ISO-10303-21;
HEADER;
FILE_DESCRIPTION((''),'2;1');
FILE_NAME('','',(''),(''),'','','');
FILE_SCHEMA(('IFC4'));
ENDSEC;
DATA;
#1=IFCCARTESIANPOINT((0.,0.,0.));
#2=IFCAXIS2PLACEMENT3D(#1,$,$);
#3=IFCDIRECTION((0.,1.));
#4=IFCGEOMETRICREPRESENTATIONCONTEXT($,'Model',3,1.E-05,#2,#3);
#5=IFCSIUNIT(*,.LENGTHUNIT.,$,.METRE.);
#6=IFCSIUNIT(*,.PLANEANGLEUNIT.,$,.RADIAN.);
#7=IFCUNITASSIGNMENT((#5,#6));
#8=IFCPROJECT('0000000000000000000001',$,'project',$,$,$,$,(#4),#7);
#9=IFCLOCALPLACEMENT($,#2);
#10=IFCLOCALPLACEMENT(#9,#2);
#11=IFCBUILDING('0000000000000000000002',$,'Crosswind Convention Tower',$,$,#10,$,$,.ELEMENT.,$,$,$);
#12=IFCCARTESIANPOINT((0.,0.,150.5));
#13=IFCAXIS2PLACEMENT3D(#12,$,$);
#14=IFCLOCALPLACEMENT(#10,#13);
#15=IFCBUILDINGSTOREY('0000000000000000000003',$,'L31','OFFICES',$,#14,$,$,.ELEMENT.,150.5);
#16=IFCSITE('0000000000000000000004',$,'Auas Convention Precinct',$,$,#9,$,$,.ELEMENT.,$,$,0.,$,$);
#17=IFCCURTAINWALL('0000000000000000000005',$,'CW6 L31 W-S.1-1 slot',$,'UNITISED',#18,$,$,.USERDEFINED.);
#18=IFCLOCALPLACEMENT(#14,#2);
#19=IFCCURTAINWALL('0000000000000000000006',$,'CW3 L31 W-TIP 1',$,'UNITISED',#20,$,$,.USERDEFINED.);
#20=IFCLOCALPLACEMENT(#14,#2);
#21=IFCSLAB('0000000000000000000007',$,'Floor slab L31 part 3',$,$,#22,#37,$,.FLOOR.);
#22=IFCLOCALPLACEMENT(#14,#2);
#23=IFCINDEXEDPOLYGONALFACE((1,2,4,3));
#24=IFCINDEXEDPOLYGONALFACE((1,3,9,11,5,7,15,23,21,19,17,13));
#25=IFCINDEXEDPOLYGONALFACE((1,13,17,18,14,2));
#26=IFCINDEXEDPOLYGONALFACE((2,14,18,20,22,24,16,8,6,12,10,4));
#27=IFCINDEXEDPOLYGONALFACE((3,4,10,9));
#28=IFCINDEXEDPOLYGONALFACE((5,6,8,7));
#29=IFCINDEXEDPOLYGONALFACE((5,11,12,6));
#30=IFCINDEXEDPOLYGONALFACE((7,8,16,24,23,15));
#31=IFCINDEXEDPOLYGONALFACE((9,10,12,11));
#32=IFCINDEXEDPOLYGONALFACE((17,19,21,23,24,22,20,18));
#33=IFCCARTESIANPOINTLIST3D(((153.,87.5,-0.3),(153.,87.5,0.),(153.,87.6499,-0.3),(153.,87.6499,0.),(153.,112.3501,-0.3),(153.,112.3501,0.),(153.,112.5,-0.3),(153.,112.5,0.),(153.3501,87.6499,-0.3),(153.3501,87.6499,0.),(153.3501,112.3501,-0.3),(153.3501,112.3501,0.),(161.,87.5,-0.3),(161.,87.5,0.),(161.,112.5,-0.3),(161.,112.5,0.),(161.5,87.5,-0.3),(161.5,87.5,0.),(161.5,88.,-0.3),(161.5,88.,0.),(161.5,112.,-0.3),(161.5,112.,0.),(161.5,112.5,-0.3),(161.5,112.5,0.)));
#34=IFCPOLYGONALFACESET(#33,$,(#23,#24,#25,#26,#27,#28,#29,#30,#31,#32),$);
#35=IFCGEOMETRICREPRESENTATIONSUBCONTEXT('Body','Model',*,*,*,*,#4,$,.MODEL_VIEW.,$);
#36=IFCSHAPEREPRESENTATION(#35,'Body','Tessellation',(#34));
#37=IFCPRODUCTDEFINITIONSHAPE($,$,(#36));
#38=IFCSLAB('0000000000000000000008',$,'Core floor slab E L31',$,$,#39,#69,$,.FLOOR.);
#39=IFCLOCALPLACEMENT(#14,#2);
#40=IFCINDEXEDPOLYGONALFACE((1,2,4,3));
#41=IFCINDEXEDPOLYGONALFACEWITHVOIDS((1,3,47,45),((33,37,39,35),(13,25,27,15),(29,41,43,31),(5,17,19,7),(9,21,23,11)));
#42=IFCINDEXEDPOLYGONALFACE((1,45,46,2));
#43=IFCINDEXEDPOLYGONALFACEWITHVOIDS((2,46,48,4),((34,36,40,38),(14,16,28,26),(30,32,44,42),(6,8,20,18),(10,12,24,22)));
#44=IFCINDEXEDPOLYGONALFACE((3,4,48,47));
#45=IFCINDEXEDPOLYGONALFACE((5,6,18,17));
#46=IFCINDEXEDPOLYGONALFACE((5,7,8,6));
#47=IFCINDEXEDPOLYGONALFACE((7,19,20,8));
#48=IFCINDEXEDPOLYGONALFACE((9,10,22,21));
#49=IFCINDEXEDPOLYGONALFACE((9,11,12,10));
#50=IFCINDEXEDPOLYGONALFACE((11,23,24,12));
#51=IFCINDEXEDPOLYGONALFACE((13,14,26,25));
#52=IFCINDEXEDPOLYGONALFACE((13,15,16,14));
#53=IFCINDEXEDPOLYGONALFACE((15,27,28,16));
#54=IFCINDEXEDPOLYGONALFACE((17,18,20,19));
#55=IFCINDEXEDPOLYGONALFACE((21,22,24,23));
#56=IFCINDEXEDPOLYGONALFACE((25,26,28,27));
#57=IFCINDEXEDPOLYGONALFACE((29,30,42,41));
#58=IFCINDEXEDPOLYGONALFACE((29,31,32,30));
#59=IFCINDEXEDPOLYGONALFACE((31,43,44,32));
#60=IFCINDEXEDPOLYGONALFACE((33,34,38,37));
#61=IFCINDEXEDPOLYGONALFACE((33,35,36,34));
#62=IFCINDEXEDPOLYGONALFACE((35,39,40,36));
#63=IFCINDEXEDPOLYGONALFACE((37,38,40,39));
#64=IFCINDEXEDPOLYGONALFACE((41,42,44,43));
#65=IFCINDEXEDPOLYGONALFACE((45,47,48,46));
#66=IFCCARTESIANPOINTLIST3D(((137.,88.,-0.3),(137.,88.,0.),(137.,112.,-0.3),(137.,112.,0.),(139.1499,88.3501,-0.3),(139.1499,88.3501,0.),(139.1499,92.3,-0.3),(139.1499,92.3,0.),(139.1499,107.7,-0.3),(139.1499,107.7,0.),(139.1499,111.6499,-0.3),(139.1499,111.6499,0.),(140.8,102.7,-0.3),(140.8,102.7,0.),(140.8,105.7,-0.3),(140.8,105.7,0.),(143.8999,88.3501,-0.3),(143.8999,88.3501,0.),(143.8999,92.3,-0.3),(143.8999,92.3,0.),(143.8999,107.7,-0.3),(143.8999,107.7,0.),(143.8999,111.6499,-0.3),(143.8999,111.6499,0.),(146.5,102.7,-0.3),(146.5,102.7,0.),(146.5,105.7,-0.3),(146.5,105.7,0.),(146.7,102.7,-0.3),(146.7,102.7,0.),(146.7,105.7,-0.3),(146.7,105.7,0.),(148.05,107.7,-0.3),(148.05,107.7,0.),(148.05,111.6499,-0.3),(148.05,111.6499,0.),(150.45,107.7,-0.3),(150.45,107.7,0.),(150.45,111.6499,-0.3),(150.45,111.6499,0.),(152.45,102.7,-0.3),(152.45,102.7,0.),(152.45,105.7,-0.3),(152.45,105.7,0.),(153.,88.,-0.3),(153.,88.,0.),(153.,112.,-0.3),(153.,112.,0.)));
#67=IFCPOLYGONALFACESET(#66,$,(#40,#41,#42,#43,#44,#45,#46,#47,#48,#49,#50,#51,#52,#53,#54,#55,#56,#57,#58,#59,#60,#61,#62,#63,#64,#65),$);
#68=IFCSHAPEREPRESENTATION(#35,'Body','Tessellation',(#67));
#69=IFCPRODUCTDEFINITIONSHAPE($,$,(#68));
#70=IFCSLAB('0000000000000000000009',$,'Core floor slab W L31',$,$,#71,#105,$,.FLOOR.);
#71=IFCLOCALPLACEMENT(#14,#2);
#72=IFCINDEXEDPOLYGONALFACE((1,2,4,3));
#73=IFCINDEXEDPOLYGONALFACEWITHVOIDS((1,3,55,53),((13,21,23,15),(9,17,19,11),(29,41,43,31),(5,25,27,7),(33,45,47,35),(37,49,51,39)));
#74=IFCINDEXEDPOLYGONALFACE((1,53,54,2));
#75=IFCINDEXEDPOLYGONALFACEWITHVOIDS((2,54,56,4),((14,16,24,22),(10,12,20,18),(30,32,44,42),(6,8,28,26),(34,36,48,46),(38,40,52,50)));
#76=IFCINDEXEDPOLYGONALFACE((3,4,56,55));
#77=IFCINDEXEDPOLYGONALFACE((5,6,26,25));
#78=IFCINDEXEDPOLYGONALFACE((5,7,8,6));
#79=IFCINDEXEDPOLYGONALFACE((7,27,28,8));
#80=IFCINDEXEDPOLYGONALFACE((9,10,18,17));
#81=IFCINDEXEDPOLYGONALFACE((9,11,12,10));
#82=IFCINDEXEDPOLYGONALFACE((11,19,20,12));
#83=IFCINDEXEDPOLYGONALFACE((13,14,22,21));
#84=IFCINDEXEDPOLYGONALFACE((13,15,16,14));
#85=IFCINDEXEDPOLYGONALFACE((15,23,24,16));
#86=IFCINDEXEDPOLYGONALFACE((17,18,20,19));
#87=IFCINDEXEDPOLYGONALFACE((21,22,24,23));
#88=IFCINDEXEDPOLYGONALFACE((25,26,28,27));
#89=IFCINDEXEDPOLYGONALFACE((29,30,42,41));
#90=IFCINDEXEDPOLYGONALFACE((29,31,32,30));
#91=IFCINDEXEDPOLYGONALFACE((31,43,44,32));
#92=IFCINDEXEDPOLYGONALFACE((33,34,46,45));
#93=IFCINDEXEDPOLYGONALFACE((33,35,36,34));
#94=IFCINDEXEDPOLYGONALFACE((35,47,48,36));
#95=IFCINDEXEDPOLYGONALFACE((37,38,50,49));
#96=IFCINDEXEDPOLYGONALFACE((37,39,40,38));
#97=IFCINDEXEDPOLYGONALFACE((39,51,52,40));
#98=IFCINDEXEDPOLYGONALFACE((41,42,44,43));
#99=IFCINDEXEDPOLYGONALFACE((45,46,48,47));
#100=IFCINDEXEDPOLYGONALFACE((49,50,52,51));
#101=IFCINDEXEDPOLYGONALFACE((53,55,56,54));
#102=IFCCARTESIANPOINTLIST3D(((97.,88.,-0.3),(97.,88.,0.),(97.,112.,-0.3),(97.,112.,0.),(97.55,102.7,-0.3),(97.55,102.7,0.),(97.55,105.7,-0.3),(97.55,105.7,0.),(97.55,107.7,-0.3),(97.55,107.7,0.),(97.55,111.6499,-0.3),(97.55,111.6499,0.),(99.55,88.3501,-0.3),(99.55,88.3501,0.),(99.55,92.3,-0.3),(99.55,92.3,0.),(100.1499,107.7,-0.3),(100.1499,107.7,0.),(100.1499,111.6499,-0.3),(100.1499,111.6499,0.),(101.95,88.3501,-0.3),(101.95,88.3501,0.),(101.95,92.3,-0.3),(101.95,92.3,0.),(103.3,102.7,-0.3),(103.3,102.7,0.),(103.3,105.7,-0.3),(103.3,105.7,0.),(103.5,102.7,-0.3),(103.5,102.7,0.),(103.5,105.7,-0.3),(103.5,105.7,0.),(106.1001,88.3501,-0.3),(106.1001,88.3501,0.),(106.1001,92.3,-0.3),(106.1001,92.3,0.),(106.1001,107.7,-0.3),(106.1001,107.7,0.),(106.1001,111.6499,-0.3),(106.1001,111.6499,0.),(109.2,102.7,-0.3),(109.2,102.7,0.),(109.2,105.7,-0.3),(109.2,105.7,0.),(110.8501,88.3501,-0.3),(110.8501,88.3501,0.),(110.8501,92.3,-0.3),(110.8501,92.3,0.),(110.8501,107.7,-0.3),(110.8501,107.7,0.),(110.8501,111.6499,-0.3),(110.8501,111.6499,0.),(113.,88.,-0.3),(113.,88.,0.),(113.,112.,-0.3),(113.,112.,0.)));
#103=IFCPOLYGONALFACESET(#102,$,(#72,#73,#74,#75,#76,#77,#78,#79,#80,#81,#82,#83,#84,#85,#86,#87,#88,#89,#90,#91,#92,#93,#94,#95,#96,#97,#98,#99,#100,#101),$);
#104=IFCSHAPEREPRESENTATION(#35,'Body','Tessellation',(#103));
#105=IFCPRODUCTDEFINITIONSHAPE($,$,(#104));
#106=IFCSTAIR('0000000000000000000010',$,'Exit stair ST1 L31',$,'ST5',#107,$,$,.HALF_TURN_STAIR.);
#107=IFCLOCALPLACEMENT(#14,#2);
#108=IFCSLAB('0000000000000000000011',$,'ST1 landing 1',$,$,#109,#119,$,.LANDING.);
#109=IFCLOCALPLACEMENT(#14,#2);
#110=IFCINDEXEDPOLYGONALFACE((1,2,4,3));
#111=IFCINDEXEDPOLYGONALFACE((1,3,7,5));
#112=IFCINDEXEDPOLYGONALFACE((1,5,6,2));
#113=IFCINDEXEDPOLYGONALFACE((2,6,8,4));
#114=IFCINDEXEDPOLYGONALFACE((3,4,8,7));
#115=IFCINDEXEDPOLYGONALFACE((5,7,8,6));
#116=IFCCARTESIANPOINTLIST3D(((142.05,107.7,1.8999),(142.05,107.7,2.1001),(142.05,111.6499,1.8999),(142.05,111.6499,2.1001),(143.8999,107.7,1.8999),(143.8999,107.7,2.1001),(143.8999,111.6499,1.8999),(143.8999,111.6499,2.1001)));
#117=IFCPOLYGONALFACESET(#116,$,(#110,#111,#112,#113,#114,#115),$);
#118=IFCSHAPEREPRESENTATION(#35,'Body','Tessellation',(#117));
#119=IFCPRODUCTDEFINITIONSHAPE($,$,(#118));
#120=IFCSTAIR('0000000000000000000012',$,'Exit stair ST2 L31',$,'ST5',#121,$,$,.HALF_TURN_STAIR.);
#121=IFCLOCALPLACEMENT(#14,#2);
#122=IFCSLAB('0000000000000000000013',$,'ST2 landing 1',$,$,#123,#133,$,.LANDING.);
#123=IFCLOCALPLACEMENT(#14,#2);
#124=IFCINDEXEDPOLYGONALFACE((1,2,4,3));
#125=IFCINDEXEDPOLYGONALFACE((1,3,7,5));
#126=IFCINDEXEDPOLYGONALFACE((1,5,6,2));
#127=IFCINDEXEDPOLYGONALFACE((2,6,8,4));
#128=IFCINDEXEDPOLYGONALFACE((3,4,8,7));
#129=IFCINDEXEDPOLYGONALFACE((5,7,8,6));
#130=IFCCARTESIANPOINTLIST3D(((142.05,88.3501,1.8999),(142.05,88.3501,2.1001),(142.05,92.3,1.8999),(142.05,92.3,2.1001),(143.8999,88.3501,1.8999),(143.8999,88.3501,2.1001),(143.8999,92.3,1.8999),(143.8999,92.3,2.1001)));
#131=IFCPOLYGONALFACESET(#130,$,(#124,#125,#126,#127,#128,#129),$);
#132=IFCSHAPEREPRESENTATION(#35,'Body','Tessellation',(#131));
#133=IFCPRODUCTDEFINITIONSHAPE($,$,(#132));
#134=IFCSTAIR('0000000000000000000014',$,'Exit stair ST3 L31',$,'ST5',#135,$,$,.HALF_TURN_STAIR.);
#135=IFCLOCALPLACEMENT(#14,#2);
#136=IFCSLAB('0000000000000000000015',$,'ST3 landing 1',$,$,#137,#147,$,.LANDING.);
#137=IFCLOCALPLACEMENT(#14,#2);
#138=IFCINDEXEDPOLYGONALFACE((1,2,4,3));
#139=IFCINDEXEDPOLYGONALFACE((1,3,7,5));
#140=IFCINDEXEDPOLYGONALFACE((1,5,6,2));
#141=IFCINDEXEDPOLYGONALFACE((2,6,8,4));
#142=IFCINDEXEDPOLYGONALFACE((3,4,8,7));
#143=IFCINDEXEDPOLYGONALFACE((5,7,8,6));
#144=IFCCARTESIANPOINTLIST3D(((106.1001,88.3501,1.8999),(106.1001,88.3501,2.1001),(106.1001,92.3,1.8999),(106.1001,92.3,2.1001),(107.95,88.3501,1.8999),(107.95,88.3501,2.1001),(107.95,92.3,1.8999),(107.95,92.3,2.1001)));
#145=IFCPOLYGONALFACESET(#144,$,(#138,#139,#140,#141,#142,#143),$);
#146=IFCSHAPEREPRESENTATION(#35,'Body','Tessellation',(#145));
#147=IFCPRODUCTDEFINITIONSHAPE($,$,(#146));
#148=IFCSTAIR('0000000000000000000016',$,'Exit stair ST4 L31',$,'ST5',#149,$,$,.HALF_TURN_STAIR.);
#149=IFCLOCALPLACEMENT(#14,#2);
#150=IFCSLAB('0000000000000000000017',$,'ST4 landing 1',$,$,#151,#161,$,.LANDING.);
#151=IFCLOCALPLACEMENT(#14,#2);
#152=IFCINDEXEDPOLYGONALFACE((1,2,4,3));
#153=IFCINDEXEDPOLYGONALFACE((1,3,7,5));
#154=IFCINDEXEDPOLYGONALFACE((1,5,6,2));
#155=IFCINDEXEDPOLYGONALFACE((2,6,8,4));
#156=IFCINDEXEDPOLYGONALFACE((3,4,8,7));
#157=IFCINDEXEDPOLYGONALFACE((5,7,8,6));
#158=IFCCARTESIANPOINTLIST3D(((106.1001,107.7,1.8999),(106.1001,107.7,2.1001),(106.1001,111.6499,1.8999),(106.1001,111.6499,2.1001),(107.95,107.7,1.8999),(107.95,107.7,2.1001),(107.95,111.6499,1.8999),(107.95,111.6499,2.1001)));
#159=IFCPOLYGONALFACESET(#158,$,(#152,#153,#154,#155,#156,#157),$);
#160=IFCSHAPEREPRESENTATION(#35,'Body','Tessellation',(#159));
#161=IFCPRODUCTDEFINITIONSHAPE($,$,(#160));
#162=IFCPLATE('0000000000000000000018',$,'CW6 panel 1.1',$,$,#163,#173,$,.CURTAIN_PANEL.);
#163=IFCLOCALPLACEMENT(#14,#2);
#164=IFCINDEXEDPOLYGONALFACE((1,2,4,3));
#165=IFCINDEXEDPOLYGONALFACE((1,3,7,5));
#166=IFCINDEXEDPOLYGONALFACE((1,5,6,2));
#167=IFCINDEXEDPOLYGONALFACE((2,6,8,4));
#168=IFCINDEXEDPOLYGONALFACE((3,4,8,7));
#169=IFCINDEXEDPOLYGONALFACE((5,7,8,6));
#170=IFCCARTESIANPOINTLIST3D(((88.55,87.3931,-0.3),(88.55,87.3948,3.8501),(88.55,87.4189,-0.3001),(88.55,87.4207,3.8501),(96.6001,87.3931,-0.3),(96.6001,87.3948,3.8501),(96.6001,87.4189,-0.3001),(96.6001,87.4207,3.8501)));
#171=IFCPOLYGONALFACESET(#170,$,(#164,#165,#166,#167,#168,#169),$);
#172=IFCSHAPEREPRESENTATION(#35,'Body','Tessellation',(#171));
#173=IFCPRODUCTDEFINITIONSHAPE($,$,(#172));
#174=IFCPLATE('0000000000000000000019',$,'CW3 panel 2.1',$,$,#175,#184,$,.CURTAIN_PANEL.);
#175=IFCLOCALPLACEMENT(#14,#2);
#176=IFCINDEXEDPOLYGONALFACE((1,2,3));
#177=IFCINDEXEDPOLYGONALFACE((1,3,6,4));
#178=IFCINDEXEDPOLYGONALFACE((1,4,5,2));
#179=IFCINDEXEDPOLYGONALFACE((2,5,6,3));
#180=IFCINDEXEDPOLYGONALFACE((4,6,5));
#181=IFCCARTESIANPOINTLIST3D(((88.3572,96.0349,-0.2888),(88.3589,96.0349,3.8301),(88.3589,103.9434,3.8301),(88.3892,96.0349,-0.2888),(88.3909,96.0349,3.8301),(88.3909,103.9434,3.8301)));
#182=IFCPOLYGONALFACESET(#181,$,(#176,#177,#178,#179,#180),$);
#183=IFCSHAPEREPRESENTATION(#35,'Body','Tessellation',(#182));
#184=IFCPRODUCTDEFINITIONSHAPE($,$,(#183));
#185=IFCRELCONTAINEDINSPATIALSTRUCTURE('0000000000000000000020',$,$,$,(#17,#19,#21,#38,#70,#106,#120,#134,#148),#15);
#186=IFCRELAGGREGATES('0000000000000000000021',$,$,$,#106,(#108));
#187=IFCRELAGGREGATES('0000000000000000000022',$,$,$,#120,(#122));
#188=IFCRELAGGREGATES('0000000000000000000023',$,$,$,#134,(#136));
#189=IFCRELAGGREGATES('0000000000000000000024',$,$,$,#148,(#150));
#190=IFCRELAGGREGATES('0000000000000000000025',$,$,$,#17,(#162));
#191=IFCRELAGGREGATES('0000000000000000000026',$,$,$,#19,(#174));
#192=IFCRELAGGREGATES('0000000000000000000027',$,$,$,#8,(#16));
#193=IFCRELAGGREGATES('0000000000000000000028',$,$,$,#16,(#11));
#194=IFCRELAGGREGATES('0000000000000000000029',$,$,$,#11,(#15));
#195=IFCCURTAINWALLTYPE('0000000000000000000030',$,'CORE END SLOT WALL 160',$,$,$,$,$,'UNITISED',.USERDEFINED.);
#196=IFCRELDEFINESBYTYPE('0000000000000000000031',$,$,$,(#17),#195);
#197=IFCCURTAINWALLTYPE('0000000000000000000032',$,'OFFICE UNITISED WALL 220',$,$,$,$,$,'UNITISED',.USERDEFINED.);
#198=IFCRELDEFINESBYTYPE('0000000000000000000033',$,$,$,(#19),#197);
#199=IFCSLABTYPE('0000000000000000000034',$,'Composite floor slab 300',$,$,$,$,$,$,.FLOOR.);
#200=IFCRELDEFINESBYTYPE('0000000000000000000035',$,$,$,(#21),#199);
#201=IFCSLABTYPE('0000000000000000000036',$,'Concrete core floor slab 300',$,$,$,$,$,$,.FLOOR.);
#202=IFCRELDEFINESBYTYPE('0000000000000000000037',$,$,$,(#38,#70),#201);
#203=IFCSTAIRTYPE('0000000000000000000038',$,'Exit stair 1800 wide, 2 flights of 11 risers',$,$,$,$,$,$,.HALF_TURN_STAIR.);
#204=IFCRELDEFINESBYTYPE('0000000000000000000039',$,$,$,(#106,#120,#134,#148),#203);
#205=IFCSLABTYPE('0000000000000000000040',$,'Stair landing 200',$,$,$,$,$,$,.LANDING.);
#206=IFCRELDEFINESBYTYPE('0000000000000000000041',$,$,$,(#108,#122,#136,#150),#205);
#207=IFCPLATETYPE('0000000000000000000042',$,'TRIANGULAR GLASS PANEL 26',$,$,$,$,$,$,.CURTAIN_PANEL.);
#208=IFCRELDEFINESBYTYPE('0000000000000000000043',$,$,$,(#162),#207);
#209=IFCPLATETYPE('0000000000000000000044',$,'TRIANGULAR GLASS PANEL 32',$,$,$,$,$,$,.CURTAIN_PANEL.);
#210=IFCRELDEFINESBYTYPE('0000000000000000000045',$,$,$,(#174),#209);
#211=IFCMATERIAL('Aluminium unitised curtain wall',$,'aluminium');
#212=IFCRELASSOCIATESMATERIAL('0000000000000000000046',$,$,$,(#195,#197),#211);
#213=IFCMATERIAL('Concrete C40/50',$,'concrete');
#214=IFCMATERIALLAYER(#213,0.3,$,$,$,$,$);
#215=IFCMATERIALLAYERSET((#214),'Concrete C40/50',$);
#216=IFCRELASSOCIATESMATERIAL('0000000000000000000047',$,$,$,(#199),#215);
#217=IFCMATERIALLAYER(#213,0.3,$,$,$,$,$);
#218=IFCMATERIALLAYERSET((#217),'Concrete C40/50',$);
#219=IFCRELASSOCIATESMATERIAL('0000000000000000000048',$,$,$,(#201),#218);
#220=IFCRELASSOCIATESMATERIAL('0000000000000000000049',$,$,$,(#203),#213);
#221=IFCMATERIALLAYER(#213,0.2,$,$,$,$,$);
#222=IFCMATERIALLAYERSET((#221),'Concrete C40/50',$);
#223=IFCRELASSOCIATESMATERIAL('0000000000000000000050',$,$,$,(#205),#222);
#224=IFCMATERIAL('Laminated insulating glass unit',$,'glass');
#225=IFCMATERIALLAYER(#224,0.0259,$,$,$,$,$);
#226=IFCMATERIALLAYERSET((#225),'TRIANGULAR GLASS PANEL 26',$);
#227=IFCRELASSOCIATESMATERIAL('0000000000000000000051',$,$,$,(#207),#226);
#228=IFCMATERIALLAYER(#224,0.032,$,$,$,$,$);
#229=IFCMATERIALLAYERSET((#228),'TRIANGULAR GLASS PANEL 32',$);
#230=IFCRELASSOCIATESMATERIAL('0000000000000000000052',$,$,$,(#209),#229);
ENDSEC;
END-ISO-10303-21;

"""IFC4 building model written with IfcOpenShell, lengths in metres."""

from ifc_helpers import new_model, si_unit, direction, frame, origin, place, context, subcontext, project, spatial, polyline, outline, extrude, material, layer, layer_set, type_object, element, aggregate, save


model = new_model("IFC4")

# Units and contexts
model_context = context("Model", 3, precision=1e-05, world=origin(), true_north=direction((0.0, 1.0)))
body_context = subcontext(model_context, "Body", "Model", "MODEL_VIEW")
ifc_project = project(units=[si_unit("LENGTHUNIT", "METRE"), si_unit("PLANEANGLEUNIT", "RADIAN")], contexts=[model_context])

# Site, building, storey
site_placement = place(None, origin())
site = spatial("IfcSite", under=ifc_project, at=site_placement, Name="Auas Convention Precinct", CompositionType="ELEMENT", RefElevation=0.0)
building_placement = place(site_placement, origin())
building = spatial("IfcBuilding", under=site, at=building_placement, Name="Crosswind Convention Tower", CompositionType="ELEMENT")
storey_placement = place(building_placement, frame((0.0, 0.0, 150.5)))
storey = spatial("IfcBuildingStorey", under=building, at=storey_placement, Name="L31", Description="OFFICES", CompositionType="ELEMENT", Elevation=150.5)

# Curtain wall
ifc_material_1 = material(Name="Aluminium unitised curtain wall", Category="aluminium")
curtain_wall_type_1 = type_object("IfcCurtainWallType", Name="CORE END SLOT WALL 160", ElementType="UNITISED", PredefinedType="USERDEFINED", material=ifc_material_1)
curtain_wall_1_placement = place(storey_placement, origin())
curtain_wall_1 = element("IfcCurtainWall", 1, at=curtain_wall_1_placement, inside=storey, type_object=curtain_wall_type_1, Name="CW6 L31 W-S.1-1 slot", ObjectType="UNITISED", PredefinedType="USERDEFINED")

# Curtain wall
curtain_wall_type_2 = type_object("IfcCurtainWallType", Name="OFFICE UNITISED WALL 220", ElementType="UNITISED", PredefinedType="USERDEFINED", material=ifc_material_1)
curtain_wall_2_placement = place(storey_placement, origin())
curtain_wall_2 = element("IfcCurtainWall", 2, at=curtain_wall_2_placement, inside=storey, type_object=curtain_wall_type_2, Name="CW3 L31 W-TIP 1", ObjectType="UNITISED", PredefinedType="USERDEFINED")

# Slabs
ifc_material_2 = material(Name="Concrete C40/50", Category="concrete")
ifc_layer_1 = layer(ifc_material_2, 0.3)
ifc_layer_set_1 = layer_set([ifc_layer_1], Name="Concrete C40/50")
slab_type_1 = type_object("IfcSlabType", Name="Composite floor slab 300", PredefinedType="FLOOR", material=ifc_layer_set_1)
slab_1_placement = place(storey_placement, frame((0.0, 0.0, -0.3)))
element("IfcSlab", 3, at=slab_1_placement, inside=storey, type_object=slab_type_1, Name="Floor slab L31 part 3", PredefinedType="FLOOR", context=body_context, shape_type="SweptSolid", body=[
    extrude(outline(polyline([(153.0, 112.5), (161.0, 112.5), (161.5, 112.5), (161.5, 112.0), (161.5, 88.0), (161.5, 87.5), (161.0, 87.5), (153.0, 87.5), (153.0, 87.6499), (153.3501, 87.6499), (153.3501, 112.3501), (153.0, 112.3501), (153.0, 112.5)])), origin(), (0.0, 0.0, 1.0), 0.3),
])
ifc_layer_2 = layer(ifc_material_2, 0.3)
ifc_layer_set_2 = layer_set([ifc_layer_2], Name="Concrete C40/50")
slab_type_2 = type_object("IfcSlabType", Name="Concrete core floor slab 300", PredefinedType="FLOOR", material=ifc_layer_set_2)
slab_2_placement = place(storey_placement, frame((0.0, 0.0, -0.3)))
element("IfcSlab", 4, at=slab_2_placement, inside=storey, type_object=slab_type_2, Name="Core floor slab E L31", PredefinedType="FLOOR", context=body_context, shape_type="SweptSolid", body=[
    extrude(outline(polyline([(137.0, 88.0), (153.0, 88.0), (153.0, 112.0), (137.0, 112.0), (137.0, 88.0)]), holes=[polyline([(146.5, 102.7), (146.5, 105.7), (140.8, 105.7), (140.8, 102.7), (146.5, 102.7)]), polyline([(152.45, 102.7), (152.45, 105.7), (146.7, 105.7), (146.7, 102.7), (152.45, 102.7)]), polyline([(150.45, 107.7), (150.45, 111.6499), (148.05, 111.6499), (148.05, 107.7), (150.45, 107.7)]), polyline([(143.8999, 107.7), (143.8999, 111.6499), (139.1499, 111.6499), (139.1499, 107.7), (143.8999, 107.7)]), polyline([(143.8999, 88.3501), (143.8999, 92.3), (139.1499, 92.3), (139.1499, 88.3501), (143.8999, 88.3501)])]), origin(), (0.0, 0.0, 1.0), 0.3),
])
slab_3_placement = place(storey_placement, frame((0.0, 0.0, -0.3)))
element("IfcSlab", 5, at=slab_3_placement, inside=storey, type_object=slab_type_2, Name="Core floor slab W L31", PredefinedType="FLOOR", context=body_context, shape_type="SweptSolid", body=[
    extrude(outline(polyline([(97.0, 88.0), (113.0, 88.0), (113.0, 112.0), (97.0, 112.0), (97.0, 88.0)]), holes=[polyline([(109.2, 102.7), (109.2, 105.7), (103.5, 105.7), (103.5, 102.7), (109.2, 102.7)]), polyline([(103.3, 102.7), (103.3, 105.7), (97.55, 105.7), (97.55, 102.7), (103.3, 102.7)]), polyline([(101.95, 88.3501), (101.95, 92.3), (99.55, 92.3), (99.55, 88.3501), (101.95, 88.3501)]), polyline([(100.1499, 107.7), (100.1499, 111.6499), (97.55, 111.6499), (97.55, 107.7), (100.1499, 107.7)]), polyline([(110.8501, 88.3501), (110.8501, 92.3), (106.1001, 92.3), (106.1001, 88.3501), (110.8501, 88.3501)]), polyline([(110.8501, 107.7), (110.8501, 111.6499), (106.1001, 111.6499), (106.1001, 107.7), (110.8501, 107.7)])]), origin(), (0.0, 0.0, 1.0), 0.3),
])

# Stairs, slabs
stair_type = type_object("IfcStairType", Name="Exit stair 1800 wide, 2 flights of 11 risers", PredefinedType="HALF_TURN_STAIR", material=ifc_material_2)
stair_1_placement = place(storey_placement, origin())
stair_1 = element("IfcStair", 6, at=stair_1_placement, inside=storey, type_object=stair_type, Name="Exit stair ST1 L31", ObjectType="ST5", PredefinedType="HALF_TURN_STAIR")
ifc_layer_3 = layer(ifc_material_2, 0.2)
ifc_layer_set_3 = layer_set([ifc_layer_3], Name="Concrete C40/50")
slab_type_3 = type_object("IfcSlabType", Name="Stair landing 200", PredefinedType="LANDING", material=ifc_layer_set_3)
slab_4_placement = place(storey_placement, frame((0.0, 0.0, 1.8999)))
slab_4 = element("IfcSlab", 7, at=slab_4_placement, type_object=slab_type_3, Name="ST1 landing 1", PredefinedType="LANDING", context=body_context, shape_type="SweptSolid", body=[
    extrude(outline(polyline([(143.8999, 107.7), (143.8999, 111.6499), (142.05, 111.6499), (142.05, 107.7), (143.8999, 107.7)])), origin(), (0.0, 0.0, 1.0), 0.2002),
])
aggregate(stair_1, [slab_4])
stair_2_placement = place(storey_placement, origin())
stair_2 = element("IfcStair", 8, at=stair_2_placement, inside=storey, type_object=stair_type, Name="Exit stair ST2 L31", ObjectType="ST5", PredefinedType="HALF_TURN_STAIR")
slab_5_placement = place(storey_placement, frame((0.0, 0.0, 1.8999)))
slab_5 = element("IfcSlab", 9, at=slab_5_placement, type_object=slab_type_3, Name="ST2 landing 1", PredefinedType="LANDING", context=body_context, shape_type="SweptSolid", body=[
    extrude(outline(polyline([(143.8999, 88.3501), (143.8999, 92.3), (142.05, 92.3), (142.05, 88.3501), (143.8999, 88.3501)])), origin(), (0.0, 0.0, 1.0), 0.2002),
])
aggregate(stair_2, [slab_5])
stair_3_placement = place(storey_placement, origin())
stair_3 = element("IfcStair", 10, at=stair_3_placement, inside=storey, type_object=stair_type, Name="Exit stair ST3 L31", ObjectType="ST5", PredefinedType="HALF_TURN_STAIR")
slab_6_placement = place(storey_placement, frame((0.0, 0.0, 1.8999)))
slab_6 = element("IfcSlab", 11, at=slab_6_placement, type_object=slab_type_3, Name="ST3 landing 1", PredefinedType="LANDING", context=body_context, shape_type="SweptSolid", body=[
    extrude(outline(polyline([(107.95, 88.3501), (107.95, 92.3), (106.1001, 92.3), (106.1001, 88.3501), (107.95, 88.3501)])), origin(), (0.0, 0.0, 1.0), 0.2002),
])
aggregate(stair_3, [slab_6])
stair_4_placement = place(storey_placement, origin())
stair_4 = element("IfcStair", 12, at=stair_4_placement, inside=storey, type_object=stair_type, Name="Exit stair ST4 L31", ObjectType="ST5", PredefinedType="HALF_TURN_STAIR")
slab_7_placement = place(storey_placement, frame((0.0, 0.0, 1.8999)))
slab_7 = element("IfcSlab", 13, at=slab_7_placement, type_object=slab_type_3, Name="ST4 landing 1", PredefinedType="LANDING", context=body_context, shape_type="SweptSolid", body=[
    extrude(outline(polyline([(107.95, 107.7), (107.95, 111.6499), (106.1001, 111.6499), (106.1001, 107.7), (107.95, 107.7)])), origin(), (0.0, 0.0, 1.0), 0.2002),
])
aggregate(stair_4, [slab_7])

# Plates
ifc_material_3 = material(Name="Laminated insulating glass unit", Category="glass")
ifc_layer_4 = layer(ifc_material_3, 0.0259)
ifc_layer_set_4 = layer_set([ifc_layer_4], Name="TRIANGULAR GLASS PANEL 26")
plate_type_1 = type_object("IfcPlateType", Name="TRIANGULAR GLASS PANEL 26", PredefinedType="CURTAIN_PANEL", material=ifc_layer_set_4)
plate_1_placement = place(storey_placement, frame((88.55, 87.3931, -0.3), z_axis=(0.0, -1.0, 0.000412), x_axis=(1.0, 0.0, 0.0)))
plate_1 = element("IfcPlate", 14, at=plate_1_placement, type_object=plate_type_1, Name="CW6 panel 1.1", PredefinedType="CURTAIN_PANEL", context=body_context, shape_type="SweptSolid", body=[
    extrude(outline(polyline([(0.0, 0.0), (8.05, 0.0), (8.05, 4.1501), (0.0, 4.1501), (0.0, 0.0)])), origin(), (0.0, 0.0, -1.0), 0.0259),
])
aggregate(curtain_wall_1, [plate_1])
ifc_layer_5 = layer(ifc_material_3, 0.032)
ifc_layer_set_5 = layer_set([ifc_layer_5], Name="TRIANGULAR GLASS PANEL 32")
plate_type_2 = type_object("IfcPlateType", Name="TRIANGULAR GLASS PANEL 32", PredefinedType="CURTAIN_PANEL", material=ifc_layer_set_5)
plate_2_placement = place(storey_placement, frame((88.3589, 96.0349, 3.8301), z_axis=(-1.0, 0.0, 0.000415), x_axis=(0.0, 1.0, 0.0)))
plate_2 = element("IfcPlate", 15, at=plate_2_placement, type_object=plate_type_2, Name="CW3 panel 2.1", PredefinedType="CURTAIN_PANEL", context=body_context, shape_type="SweptSolid", body=[
    extrude(outline(polyline([(0.0, 0.0), (7.9084, 0.0), (0.0, 4.1189), (0.0, 0.0)])), origin(), (0.0, 0.0, -1.0), 0.032),
])
aggregate(curtain_wall_2, [plate_2])

save(model, "model.ifc")
